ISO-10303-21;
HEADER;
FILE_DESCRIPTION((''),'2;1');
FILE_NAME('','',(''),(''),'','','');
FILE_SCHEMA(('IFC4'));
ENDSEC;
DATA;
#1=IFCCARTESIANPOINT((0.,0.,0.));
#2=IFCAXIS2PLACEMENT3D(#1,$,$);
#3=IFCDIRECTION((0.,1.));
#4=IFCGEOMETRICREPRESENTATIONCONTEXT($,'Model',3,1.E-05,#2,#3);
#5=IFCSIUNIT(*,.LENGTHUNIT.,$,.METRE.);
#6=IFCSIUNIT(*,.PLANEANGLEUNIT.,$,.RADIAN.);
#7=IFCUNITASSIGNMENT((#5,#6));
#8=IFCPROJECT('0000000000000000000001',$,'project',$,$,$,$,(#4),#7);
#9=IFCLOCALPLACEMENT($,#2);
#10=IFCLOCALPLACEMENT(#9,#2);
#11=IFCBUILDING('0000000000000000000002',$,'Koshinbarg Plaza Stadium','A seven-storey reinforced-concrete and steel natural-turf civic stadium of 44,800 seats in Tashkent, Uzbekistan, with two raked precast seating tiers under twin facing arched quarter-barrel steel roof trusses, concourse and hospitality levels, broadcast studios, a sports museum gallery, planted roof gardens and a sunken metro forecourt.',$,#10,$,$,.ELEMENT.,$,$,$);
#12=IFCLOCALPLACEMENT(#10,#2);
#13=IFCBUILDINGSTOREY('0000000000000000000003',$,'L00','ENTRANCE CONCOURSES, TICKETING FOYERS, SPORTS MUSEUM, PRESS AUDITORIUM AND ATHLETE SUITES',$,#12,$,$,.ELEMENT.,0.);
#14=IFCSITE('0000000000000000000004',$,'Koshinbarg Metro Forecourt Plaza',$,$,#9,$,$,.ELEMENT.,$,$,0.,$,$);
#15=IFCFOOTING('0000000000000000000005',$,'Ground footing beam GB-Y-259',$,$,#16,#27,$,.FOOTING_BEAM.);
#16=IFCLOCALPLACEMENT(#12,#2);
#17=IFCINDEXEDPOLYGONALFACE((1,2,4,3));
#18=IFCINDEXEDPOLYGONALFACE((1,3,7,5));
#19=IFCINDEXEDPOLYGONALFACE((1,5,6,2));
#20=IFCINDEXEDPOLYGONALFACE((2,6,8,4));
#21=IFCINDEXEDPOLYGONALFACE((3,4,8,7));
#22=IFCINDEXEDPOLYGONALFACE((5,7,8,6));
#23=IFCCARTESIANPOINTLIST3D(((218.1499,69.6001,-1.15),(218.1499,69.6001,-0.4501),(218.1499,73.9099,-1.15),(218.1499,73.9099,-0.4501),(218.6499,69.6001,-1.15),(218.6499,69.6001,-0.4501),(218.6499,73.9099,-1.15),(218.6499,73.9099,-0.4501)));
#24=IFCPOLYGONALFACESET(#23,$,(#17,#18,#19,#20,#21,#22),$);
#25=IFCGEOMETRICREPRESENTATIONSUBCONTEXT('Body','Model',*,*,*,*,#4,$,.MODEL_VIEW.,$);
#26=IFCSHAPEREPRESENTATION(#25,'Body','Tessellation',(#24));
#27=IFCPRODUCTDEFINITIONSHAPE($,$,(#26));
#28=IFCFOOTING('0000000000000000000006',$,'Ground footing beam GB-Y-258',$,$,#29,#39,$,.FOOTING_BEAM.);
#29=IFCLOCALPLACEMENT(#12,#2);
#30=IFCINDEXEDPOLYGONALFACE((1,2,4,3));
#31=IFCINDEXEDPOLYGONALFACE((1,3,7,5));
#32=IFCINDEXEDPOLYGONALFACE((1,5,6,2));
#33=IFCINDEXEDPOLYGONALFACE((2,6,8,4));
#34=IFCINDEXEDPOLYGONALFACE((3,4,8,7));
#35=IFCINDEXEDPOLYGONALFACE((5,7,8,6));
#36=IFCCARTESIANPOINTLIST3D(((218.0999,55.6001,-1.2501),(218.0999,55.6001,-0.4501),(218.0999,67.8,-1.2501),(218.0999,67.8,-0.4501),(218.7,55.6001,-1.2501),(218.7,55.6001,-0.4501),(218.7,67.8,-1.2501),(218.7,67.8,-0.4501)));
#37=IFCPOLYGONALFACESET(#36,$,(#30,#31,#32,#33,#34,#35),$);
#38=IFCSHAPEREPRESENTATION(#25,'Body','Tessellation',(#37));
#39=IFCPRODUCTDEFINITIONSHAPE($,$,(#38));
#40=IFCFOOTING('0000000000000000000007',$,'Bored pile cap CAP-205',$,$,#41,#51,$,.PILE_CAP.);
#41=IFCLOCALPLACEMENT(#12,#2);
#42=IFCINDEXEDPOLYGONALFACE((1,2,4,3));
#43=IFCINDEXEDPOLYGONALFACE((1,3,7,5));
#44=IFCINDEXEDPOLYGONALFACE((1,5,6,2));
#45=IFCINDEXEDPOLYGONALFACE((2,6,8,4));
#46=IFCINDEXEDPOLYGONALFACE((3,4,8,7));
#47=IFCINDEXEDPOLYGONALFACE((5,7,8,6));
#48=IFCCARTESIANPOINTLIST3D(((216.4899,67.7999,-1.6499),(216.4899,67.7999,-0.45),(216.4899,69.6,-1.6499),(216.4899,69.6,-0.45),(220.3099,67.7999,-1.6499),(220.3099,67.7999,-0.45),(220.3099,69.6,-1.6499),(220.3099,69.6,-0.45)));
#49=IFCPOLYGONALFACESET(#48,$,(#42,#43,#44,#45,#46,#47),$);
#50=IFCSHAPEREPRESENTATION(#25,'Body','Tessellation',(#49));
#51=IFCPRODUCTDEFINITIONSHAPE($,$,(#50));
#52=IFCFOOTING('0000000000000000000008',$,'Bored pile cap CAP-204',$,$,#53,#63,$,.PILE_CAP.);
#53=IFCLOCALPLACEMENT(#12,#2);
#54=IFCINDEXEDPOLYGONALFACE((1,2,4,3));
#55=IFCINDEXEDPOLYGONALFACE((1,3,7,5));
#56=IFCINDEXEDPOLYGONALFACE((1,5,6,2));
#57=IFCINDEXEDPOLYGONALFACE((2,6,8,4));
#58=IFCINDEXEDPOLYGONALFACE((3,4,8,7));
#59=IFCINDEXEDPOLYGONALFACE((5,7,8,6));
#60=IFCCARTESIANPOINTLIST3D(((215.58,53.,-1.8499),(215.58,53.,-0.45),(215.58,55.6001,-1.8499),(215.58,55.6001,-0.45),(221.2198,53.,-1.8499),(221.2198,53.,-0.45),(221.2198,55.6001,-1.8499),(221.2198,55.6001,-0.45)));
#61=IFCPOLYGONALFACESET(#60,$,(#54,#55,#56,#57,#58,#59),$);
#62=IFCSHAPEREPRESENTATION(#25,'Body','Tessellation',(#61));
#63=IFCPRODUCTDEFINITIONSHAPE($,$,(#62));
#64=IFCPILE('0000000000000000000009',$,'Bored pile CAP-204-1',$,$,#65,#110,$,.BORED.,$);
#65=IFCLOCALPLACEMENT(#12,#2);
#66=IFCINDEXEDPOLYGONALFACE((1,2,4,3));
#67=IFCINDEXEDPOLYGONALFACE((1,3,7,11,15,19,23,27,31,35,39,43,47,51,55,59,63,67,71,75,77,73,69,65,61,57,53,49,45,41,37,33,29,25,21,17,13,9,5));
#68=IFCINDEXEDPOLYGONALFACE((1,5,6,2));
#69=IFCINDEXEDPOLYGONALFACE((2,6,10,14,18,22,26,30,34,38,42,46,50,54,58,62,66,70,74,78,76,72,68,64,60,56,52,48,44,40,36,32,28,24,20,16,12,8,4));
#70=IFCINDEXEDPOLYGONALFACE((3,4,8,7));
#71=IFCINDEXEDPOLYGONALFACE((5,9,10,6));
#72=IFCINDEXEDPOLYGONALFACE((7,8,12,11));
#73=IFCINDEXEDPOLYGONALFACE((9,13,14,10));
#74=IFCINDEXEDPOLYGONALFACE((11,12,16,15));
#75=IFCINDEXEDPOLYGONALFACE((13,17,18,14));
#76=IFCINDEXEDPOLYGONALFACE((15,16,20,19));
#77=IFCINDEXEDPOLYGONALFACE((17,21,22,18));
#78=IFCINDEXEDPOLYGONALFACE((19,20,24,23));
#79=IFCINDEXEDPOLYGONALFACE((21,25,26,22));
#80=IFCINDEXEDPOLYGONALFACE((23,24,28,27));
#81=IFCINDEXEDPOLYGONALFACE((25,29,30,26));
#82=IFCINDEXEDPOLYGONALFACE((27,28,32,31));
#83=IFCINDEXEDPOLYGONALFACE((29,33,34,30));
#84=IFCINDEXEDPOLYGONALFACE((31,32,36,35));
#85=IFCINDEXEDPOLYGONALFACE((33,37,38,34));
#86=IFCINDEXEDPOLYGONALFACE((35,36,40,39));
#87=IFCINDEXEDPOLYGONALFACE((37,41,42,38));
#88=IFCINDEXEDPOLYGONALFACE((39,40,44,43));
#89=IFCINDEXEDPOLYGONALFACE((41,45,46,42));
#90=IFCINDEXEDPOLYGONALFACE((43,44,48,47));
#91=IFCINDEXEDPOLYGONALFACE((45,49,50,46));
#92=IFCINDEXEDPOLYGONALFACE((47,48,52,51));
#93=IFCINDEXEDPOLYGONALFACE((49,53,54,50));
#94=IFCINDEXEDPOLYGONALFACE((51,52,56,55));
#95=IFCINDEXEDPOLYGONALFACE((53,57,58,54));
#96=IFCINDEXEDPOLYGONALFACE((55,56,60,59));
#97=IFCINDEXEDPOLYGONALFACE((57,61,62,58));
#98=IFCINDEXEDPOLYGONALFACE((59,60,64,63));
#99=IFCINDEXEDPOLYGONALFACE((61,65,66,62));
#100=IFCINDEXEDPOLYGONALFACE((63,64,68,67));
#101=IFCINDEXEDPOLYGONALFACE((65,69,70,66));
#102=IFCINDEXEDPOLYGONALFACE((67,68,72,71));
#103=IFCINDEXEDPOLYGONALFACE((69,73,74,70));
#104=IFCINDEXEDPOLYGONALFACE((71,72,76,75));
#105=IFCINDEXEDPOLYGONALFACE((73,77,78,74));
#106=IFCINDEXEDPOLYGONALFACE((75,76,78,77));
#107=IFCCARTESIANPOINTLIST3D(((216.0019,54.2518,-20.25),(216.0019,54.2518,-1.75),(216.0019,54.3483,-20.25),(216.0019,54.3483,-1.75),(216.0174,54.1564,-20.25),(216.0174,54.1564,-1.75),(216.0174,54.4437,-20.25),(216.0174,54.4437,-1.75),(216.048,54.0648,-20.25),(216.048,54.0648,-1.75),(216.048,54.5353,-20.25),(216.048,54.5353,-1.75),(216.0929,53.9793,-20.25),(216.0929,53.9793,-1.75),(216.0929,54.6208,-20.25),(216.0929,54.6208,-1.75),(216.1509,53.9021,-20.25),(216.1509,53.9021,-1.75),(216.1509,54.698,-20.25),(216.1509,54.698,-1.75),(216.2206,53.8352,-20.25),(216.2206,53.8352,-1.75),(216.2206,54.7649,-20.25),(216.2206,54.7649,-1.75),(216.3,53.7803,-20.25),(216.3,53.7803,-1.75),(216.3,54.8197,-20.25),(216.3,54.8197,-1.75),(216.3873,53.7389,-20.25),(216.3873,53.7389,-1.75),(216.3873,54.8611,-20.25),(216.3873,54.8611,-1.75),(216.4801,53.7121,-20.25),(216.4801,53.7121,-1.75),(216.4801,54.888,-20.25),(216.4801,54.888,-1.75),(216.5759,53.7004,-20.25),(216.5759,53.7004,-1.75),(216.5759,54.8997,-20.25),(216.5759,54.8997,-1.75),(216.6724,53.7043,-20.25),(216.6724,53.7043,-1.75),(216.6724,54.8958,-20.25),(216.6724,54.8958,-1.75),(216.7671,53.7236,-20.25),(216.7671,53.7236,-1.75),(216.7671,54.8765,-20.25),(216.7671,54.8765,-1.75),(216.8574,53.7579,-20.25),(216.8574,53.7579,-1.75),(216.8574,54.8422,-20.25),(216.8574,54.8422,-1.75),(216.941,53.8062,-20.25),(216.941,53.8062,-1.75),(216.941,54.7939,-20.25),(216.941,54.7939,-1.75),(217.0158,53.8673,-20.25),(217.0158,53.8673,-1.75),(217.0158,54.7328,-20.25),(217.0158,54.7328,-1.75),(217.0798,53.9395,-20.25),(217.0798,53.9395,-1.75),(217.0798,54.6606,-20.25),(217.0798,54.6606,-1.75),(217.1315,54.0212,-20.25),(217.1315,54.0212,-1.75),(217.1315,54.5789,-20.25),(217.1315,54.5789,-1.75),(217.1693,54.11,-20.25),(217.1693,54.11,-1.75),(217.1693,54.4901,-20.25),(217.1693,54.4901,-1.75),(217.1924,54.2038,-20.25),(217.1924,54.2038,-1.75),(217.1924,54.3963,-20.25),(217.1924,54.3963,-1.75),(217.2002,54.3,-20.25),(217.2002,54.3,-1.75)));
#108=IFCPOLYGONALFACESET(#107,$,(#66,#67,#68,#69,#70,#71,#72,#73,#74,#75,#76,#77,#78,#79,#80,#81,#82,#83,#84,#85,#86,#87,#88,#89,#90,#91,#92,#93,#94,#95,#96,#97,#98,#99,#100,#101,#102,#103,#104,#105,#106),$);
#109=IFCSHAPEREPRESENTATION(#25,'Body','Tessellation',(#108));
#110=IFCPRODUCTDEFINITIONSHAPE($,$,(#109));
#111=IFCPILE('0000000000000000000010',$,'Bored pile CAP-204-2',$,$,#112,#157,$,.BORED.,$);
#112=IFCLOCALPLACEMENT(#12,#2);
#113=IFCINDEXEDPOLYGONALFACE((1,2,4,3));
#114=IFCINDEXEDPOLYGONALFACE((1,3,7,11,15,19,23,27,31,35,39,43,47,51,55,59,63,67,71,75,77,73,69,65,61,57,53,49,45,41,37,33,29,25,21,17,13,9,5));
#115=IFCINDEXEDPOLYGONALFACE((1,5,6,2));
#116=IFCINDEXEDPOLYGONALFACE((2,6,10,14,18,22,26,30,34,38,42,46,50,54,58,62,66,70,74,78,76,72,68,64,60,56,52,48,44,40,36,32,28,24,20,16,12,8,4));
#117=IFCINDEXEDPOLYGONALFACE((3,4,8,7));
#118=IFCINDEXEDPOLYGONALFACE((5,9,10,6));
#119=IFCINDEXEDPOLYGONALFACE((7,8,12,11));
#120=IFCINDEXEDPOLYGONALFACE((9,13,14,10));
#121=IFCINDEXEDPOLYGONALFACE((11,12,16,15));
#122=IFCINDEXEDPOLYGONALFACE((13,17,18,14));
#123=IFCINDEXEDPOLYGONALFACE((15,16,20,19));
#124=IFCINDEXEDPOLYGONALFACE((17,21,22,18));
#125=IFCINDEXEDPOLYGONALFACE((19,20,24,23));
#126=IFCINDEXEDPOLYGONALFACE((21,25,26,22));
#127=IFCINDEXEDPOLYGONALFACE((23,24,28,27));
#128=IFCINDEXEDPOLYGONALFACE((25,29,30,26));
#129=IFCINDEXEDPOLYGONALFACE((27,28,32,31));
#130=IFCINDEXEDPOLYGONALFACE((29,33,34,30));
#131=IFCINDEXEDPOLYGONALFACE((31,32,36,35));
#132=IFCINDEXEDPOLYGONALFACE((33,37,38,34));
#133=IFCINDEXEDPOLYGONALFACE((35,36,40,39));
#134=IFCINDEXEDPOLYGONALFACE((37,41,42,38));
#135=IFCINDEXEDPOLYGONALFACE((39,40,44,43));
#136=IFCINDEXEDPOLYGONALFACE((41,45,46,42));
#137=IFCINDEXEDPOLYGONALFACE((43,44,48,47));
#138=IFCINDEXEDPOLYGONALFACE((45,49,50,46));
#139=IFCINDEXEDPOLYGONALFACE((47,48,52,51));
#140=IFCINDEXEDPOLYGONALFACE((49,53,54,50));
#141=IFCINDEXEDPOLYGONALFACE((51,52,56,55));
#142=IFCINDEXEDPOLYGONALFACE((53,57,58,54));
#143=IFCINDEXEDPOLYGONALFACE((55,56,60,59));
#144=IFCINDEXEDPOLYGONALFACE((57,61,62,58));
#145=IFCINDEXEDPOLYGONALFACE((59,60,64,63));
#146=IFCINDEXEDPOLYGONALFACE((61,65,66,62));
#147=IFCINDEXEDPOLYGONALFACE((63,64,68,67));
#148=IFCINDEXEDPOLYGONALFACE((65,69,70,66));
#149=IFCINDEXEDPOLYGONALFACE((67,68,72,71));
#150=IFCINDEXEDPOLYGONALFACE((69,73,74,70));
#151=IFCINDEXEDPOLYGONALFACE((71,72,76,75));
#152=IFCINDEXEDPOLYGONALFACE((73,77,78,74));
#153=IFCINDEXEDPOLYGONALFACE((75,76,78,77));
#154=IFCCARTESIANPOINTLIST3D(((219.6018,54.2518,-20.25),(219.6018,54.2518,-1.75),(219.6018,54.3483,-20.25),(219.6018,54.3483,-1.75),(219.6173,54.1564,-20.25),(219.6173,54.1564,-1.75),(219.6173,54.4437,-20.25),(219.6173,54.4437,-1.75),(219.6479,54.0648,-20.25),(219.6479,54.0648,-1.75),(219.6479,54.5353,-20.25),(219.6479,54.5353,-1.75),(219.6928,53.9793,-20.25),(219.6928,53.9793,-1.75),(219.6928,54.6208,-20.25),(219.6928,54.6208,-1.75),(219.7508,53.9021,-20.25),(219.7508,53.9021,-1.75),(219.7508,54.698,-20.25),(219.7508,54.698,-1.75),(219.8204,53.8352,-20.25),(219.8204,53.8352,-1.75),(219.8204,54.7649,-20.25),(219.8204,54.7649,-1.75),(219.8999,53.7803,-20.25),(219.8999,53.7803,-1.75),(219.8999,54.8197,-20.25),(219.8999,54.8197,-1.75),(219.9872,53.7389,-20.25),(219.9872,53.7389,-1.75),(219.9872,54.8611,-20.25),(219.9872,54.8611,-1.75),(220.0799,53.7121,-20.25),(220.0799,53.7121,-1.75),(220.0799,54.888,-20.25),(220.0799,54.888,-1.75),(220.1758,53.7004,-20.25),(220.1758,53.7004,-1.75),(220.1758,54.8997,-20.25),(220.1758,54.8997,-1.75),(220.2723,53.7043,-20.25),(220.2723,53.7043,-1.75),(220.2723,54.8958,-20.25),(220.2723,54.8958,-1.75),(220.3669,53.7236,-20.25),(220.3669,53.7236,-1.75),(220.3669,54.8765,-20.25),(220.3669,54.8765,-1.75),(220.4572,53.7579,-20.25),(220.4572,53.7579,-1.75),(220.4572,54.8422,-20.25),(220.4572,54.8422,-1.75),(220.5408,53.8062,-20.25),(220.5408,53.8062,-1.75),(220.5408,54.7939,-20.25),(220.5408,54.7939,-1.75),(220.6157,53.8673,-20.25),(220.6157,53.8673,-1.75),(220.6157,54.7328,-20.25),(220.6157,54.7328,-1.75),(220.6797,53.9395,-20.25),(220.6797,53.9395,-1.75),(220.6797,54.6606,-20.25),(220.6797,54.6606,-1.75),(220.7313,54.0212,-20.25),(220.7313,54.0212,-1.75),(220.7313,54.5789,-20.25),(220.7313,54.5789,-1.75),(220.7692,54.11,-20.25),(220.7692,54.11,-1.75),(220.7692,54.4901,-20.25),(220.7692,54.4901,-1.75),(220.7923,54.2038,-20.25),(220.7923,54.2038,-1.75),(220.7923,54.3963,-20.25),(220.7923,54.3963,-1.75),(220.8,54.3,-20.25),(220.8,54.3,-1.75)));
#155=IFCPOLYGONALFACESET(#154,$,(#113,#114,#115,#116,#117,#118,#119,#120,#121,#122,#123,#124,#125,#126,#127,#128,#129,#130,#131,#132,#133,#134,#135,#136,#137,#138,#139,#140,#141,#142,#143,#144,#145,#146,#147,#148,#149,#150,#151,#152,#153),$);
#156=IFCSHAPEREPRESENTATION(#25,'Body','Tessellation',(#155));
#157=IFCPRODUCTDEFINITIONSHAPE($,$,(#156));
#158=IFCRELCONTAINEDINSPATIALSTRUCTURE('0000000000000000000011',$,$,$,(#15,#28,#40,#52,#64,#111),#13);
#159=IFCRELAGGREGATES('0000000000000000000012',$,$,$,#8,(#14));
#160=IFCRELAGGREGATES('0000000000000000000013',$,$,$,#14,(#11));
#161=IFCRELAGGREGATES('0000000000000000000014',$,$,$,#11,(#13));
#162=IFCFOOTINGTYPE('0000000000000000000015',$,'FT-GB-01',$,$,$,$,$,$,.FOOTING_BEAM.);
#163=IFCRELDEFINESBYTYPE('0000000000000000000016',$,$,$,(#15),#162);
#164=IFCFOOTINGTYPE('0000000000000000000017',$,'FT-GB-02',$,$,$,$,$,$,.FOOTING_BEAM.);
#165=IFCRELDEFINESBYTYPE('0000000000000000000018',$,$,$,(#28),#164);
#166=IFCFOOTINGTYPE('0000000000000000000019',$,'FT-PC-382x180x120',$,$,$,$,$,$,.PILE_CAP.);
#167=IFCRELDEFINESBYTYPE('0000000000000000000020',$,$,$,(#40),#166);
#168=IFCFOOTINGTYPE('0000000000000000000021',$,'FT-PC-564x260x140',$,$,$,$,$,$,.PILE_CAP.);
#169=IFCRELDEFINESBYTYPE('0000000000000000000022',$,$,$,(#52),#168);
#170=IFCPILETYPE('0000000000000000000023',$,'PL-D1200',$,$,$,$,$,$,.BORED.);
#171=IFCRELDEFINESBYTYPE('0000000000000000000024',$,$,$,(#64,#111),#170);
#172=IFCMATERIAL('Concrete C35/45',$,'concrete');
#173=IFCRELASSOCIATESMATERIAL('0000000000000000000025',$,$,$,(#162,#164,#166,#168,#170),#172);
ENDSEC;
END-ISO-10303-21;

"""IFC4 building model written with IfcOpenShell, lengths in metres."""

from ifc_helpers import new_model, si_unit, direction, frame, origin, origin_2d, place, context, subcontext, project, spatial, rectangle, circle, extrude, material, material_profile, profile_set, type_object, element, save


model = new_model("IFC4")

# Units and contexts
model_context = context("Model", 3, precision=1e-05, world=origin(), true_north=direction((0.0, 1.0)))
body_context = subcontext(model_context, "Body", "Model", "MODEL_VIEW")
ifc_project = project(units=[si_unit("LENGTHUNIT", "METRE"), si_unit("PLANEANGLEUNIT", "RADIAN")], contexts=[model_context])

# Site, building, storey
site_placement = place(None, origin())
site = spatial("IfcSite", under=ifc_project, at=site_placement, Name="Koshinbarg Metro Forecourt Plaza", CompositionType="ELEMENT", RefElevation=0.0)
building_placement = place(site_placement, origin())
building = spatial("IfcBuilding", under=site, at=building_placement, Name="Koshinbarg Plaza Stadium", Description="A seven-storey reinforced-concrete and steel natural-turf civic stadium of 44,800 seats in Tashkent, Uzbekistan, with two raked precast seating tiers under twin facing arched quarter-barrel steel roof trusses, concourse and hospitality levels, broadcast studios, a sports museum gallery, planted roof gardens and a sunken metro forecourt.", CompositionType="ELEMENT")
storey_placement = place(building_placement, origin())
storey = spatial("IfcBuildingStorey", under=building, at=storey_placement, Name="L00", Description="ENTRANCE CONCOURSES, TICKETING FOYERS, SPORTS MUSEUM, PRESS AUDITORIUM AND ATHLETE SUITES", CompositionType="ELEMENT", Elevation=0.0)

# Footings
ifc_material_1 = material(Name="Concrete C35/45", Category="concrete")
ifc_material_profile_1 = material_profile(ifc_material_1, rectangle(XDim=0.5, YDim=0.7, at=origin_2d()), Name="GB 500x700")
ifc_profile_set_1 = profile_set([ifc_material_profile_1], Name="Concrete C35/45")
footing_type_1 = type_object("IfcFootingType", Name="FT-GB-01", PredefinedType="FOOTING_BEAM", material=ifc_profile_set_1)
footing_1_placement = place(storey_placement, frame((218.3999, 69.6001, -0.8), z_axis=(0.0, 1.0, 0.0), x_axis=(-1.0, 0.0, 0.0)))
element("IfcFooting", 1, at=footing_1_placement, inside=storey, type_object=footing_type_1, Name="Ground footing beam GB-Y-259", PredefinedType="FOOTING_BEAM", context=body_context, shape_type="SweptSolid", body=[
    extrude(rectangle(XDim=0.5, YDim=0.7, at=origin_2d()), origin(), (0.0, 0.0, 1.0), 4.3098),
])
ifc_material_profile_2 = material_profile(ifc_material_1, rectangle(XDim=0.6001, YDim=0.8, at=origin_2d()), Name="GB 600x800")
ifc_profile_set_2 = profile_set([ifc_material_profile_2], Name="Concrete C35/45")
footing_type_2 = type_object("IfcFootingType", Name="FT-GB-02", PredefinedType="FOOTING_BEAM", material=ifc_profile_set_2)
footing_2_placement = place(storey_placement, frame((218.3999, 55.6001, -0.8501), z_axis=(0.0, 1.0, 0.0), x_axis=(-1.0, 0.0, 0.0)))
element("IfcFooting", 2, at=footing_2_placement, inside=storey, type_object=footing_type_2, Name="Ground footing beam GB-Y-258", PredefinedType="FOOTING_BEAM", context=body_context, shape_type="SweptSolid", body=[
    extrude(rectangle(XDim=0.6001, YDim=0.8, at=origin_2d()), origin(), (0.0, 0.0, 1.0), 12.2),
])
footing_type_3 = type_object("IfcFootingType", Name="FT-PC-382x180x120", PredefinedType="PILE_CAP", material=ifc_material_1)
footing_3_placement = place(storey_placement, frame((218.3999, 68.7, -1.6499), z_axis=(0.0, 0.0, 1.0), x_axis=(1.0, 0.0, 0.0)))
element("IfcFooting", 3, at=footing_3_placement, inside=storey, type_object=footing_type_3, Name="Bored pile cap CAP-205", PredefinedType="PILE_CAP", context=body_context, shape_type="SweptSolid", body=[
    extrude(rectangle(XDim=3.8201, YDim=1.8, at=origin_2d()), origin(), (0.0, 0.0, 1.0), 1.2),
])
footing_type_4 = type_object("IfcFootingType", Name="FT-PC-564x260x140", PredefinedType="PILE_CAP", material=ifc_material_1)
footing_4_placement = place(storey_placement, frame((218.3999, 54.3, -1.8499), z_axis=(0.0, 0.0, 1.0), x_axis=(1.0, 0.0, 0.0)))
element("IfcFooting", 4, at=footing_4_placement, inside=storey, type_object=footing_type_4, Name="Bored pile cap CAP-204", PredefinedType="PILE_CAP", context=body_context, shape_type="SweptSolid", body=[
    extrude(rectangle(XDim=5.6399, YDim=2.6001, at=origin_2d()), origin(), (0.0, 0.0, 1.0), 1.3999),
])

# Piles
ifc_material_profile_3 = material_profile(ifc_material_1, circle(Radius=0.6001, at=origin_2d()), Name="PILE D1200")
ifc_profile_set_3 = profile_set([ifc_material_profile_3], Name="Concrete C35/45")
pile_type_1 = type_object("IfcPileType", Name="PL-D1200", PredefinedType="BORED", material=ifc_profile_set_3)
for number, where, z_axis, x_axis, name in (
    (5, (216.6001, 54.3, -1.75), (0.0, 0.0, -1.0), (1.0, 0.0, 0.0), "Bored pile CAP-204-1"),
    (6, (220.2, 54.3, -1.75), (0.0, 0.0, -1.0), (1.0, 0.0, 0.0), "Bored pile CAP-204-2"),
):
    element("IfcPile", number, at=place(storey_placement, frame(where, z_axis=z_axis, x_axis=x_axis)), inside=storey, type_object=pile_type_1, Name=name, PredefinedType="BORED", context=body_context, shape_type="SweptSolid", body=[
        extrude(circle(Radius=0.6001, at=origin_2d()), origin(), (0.0, 0.0, 1.0), 18.5),
    ])

save(model, "model.ifc")
